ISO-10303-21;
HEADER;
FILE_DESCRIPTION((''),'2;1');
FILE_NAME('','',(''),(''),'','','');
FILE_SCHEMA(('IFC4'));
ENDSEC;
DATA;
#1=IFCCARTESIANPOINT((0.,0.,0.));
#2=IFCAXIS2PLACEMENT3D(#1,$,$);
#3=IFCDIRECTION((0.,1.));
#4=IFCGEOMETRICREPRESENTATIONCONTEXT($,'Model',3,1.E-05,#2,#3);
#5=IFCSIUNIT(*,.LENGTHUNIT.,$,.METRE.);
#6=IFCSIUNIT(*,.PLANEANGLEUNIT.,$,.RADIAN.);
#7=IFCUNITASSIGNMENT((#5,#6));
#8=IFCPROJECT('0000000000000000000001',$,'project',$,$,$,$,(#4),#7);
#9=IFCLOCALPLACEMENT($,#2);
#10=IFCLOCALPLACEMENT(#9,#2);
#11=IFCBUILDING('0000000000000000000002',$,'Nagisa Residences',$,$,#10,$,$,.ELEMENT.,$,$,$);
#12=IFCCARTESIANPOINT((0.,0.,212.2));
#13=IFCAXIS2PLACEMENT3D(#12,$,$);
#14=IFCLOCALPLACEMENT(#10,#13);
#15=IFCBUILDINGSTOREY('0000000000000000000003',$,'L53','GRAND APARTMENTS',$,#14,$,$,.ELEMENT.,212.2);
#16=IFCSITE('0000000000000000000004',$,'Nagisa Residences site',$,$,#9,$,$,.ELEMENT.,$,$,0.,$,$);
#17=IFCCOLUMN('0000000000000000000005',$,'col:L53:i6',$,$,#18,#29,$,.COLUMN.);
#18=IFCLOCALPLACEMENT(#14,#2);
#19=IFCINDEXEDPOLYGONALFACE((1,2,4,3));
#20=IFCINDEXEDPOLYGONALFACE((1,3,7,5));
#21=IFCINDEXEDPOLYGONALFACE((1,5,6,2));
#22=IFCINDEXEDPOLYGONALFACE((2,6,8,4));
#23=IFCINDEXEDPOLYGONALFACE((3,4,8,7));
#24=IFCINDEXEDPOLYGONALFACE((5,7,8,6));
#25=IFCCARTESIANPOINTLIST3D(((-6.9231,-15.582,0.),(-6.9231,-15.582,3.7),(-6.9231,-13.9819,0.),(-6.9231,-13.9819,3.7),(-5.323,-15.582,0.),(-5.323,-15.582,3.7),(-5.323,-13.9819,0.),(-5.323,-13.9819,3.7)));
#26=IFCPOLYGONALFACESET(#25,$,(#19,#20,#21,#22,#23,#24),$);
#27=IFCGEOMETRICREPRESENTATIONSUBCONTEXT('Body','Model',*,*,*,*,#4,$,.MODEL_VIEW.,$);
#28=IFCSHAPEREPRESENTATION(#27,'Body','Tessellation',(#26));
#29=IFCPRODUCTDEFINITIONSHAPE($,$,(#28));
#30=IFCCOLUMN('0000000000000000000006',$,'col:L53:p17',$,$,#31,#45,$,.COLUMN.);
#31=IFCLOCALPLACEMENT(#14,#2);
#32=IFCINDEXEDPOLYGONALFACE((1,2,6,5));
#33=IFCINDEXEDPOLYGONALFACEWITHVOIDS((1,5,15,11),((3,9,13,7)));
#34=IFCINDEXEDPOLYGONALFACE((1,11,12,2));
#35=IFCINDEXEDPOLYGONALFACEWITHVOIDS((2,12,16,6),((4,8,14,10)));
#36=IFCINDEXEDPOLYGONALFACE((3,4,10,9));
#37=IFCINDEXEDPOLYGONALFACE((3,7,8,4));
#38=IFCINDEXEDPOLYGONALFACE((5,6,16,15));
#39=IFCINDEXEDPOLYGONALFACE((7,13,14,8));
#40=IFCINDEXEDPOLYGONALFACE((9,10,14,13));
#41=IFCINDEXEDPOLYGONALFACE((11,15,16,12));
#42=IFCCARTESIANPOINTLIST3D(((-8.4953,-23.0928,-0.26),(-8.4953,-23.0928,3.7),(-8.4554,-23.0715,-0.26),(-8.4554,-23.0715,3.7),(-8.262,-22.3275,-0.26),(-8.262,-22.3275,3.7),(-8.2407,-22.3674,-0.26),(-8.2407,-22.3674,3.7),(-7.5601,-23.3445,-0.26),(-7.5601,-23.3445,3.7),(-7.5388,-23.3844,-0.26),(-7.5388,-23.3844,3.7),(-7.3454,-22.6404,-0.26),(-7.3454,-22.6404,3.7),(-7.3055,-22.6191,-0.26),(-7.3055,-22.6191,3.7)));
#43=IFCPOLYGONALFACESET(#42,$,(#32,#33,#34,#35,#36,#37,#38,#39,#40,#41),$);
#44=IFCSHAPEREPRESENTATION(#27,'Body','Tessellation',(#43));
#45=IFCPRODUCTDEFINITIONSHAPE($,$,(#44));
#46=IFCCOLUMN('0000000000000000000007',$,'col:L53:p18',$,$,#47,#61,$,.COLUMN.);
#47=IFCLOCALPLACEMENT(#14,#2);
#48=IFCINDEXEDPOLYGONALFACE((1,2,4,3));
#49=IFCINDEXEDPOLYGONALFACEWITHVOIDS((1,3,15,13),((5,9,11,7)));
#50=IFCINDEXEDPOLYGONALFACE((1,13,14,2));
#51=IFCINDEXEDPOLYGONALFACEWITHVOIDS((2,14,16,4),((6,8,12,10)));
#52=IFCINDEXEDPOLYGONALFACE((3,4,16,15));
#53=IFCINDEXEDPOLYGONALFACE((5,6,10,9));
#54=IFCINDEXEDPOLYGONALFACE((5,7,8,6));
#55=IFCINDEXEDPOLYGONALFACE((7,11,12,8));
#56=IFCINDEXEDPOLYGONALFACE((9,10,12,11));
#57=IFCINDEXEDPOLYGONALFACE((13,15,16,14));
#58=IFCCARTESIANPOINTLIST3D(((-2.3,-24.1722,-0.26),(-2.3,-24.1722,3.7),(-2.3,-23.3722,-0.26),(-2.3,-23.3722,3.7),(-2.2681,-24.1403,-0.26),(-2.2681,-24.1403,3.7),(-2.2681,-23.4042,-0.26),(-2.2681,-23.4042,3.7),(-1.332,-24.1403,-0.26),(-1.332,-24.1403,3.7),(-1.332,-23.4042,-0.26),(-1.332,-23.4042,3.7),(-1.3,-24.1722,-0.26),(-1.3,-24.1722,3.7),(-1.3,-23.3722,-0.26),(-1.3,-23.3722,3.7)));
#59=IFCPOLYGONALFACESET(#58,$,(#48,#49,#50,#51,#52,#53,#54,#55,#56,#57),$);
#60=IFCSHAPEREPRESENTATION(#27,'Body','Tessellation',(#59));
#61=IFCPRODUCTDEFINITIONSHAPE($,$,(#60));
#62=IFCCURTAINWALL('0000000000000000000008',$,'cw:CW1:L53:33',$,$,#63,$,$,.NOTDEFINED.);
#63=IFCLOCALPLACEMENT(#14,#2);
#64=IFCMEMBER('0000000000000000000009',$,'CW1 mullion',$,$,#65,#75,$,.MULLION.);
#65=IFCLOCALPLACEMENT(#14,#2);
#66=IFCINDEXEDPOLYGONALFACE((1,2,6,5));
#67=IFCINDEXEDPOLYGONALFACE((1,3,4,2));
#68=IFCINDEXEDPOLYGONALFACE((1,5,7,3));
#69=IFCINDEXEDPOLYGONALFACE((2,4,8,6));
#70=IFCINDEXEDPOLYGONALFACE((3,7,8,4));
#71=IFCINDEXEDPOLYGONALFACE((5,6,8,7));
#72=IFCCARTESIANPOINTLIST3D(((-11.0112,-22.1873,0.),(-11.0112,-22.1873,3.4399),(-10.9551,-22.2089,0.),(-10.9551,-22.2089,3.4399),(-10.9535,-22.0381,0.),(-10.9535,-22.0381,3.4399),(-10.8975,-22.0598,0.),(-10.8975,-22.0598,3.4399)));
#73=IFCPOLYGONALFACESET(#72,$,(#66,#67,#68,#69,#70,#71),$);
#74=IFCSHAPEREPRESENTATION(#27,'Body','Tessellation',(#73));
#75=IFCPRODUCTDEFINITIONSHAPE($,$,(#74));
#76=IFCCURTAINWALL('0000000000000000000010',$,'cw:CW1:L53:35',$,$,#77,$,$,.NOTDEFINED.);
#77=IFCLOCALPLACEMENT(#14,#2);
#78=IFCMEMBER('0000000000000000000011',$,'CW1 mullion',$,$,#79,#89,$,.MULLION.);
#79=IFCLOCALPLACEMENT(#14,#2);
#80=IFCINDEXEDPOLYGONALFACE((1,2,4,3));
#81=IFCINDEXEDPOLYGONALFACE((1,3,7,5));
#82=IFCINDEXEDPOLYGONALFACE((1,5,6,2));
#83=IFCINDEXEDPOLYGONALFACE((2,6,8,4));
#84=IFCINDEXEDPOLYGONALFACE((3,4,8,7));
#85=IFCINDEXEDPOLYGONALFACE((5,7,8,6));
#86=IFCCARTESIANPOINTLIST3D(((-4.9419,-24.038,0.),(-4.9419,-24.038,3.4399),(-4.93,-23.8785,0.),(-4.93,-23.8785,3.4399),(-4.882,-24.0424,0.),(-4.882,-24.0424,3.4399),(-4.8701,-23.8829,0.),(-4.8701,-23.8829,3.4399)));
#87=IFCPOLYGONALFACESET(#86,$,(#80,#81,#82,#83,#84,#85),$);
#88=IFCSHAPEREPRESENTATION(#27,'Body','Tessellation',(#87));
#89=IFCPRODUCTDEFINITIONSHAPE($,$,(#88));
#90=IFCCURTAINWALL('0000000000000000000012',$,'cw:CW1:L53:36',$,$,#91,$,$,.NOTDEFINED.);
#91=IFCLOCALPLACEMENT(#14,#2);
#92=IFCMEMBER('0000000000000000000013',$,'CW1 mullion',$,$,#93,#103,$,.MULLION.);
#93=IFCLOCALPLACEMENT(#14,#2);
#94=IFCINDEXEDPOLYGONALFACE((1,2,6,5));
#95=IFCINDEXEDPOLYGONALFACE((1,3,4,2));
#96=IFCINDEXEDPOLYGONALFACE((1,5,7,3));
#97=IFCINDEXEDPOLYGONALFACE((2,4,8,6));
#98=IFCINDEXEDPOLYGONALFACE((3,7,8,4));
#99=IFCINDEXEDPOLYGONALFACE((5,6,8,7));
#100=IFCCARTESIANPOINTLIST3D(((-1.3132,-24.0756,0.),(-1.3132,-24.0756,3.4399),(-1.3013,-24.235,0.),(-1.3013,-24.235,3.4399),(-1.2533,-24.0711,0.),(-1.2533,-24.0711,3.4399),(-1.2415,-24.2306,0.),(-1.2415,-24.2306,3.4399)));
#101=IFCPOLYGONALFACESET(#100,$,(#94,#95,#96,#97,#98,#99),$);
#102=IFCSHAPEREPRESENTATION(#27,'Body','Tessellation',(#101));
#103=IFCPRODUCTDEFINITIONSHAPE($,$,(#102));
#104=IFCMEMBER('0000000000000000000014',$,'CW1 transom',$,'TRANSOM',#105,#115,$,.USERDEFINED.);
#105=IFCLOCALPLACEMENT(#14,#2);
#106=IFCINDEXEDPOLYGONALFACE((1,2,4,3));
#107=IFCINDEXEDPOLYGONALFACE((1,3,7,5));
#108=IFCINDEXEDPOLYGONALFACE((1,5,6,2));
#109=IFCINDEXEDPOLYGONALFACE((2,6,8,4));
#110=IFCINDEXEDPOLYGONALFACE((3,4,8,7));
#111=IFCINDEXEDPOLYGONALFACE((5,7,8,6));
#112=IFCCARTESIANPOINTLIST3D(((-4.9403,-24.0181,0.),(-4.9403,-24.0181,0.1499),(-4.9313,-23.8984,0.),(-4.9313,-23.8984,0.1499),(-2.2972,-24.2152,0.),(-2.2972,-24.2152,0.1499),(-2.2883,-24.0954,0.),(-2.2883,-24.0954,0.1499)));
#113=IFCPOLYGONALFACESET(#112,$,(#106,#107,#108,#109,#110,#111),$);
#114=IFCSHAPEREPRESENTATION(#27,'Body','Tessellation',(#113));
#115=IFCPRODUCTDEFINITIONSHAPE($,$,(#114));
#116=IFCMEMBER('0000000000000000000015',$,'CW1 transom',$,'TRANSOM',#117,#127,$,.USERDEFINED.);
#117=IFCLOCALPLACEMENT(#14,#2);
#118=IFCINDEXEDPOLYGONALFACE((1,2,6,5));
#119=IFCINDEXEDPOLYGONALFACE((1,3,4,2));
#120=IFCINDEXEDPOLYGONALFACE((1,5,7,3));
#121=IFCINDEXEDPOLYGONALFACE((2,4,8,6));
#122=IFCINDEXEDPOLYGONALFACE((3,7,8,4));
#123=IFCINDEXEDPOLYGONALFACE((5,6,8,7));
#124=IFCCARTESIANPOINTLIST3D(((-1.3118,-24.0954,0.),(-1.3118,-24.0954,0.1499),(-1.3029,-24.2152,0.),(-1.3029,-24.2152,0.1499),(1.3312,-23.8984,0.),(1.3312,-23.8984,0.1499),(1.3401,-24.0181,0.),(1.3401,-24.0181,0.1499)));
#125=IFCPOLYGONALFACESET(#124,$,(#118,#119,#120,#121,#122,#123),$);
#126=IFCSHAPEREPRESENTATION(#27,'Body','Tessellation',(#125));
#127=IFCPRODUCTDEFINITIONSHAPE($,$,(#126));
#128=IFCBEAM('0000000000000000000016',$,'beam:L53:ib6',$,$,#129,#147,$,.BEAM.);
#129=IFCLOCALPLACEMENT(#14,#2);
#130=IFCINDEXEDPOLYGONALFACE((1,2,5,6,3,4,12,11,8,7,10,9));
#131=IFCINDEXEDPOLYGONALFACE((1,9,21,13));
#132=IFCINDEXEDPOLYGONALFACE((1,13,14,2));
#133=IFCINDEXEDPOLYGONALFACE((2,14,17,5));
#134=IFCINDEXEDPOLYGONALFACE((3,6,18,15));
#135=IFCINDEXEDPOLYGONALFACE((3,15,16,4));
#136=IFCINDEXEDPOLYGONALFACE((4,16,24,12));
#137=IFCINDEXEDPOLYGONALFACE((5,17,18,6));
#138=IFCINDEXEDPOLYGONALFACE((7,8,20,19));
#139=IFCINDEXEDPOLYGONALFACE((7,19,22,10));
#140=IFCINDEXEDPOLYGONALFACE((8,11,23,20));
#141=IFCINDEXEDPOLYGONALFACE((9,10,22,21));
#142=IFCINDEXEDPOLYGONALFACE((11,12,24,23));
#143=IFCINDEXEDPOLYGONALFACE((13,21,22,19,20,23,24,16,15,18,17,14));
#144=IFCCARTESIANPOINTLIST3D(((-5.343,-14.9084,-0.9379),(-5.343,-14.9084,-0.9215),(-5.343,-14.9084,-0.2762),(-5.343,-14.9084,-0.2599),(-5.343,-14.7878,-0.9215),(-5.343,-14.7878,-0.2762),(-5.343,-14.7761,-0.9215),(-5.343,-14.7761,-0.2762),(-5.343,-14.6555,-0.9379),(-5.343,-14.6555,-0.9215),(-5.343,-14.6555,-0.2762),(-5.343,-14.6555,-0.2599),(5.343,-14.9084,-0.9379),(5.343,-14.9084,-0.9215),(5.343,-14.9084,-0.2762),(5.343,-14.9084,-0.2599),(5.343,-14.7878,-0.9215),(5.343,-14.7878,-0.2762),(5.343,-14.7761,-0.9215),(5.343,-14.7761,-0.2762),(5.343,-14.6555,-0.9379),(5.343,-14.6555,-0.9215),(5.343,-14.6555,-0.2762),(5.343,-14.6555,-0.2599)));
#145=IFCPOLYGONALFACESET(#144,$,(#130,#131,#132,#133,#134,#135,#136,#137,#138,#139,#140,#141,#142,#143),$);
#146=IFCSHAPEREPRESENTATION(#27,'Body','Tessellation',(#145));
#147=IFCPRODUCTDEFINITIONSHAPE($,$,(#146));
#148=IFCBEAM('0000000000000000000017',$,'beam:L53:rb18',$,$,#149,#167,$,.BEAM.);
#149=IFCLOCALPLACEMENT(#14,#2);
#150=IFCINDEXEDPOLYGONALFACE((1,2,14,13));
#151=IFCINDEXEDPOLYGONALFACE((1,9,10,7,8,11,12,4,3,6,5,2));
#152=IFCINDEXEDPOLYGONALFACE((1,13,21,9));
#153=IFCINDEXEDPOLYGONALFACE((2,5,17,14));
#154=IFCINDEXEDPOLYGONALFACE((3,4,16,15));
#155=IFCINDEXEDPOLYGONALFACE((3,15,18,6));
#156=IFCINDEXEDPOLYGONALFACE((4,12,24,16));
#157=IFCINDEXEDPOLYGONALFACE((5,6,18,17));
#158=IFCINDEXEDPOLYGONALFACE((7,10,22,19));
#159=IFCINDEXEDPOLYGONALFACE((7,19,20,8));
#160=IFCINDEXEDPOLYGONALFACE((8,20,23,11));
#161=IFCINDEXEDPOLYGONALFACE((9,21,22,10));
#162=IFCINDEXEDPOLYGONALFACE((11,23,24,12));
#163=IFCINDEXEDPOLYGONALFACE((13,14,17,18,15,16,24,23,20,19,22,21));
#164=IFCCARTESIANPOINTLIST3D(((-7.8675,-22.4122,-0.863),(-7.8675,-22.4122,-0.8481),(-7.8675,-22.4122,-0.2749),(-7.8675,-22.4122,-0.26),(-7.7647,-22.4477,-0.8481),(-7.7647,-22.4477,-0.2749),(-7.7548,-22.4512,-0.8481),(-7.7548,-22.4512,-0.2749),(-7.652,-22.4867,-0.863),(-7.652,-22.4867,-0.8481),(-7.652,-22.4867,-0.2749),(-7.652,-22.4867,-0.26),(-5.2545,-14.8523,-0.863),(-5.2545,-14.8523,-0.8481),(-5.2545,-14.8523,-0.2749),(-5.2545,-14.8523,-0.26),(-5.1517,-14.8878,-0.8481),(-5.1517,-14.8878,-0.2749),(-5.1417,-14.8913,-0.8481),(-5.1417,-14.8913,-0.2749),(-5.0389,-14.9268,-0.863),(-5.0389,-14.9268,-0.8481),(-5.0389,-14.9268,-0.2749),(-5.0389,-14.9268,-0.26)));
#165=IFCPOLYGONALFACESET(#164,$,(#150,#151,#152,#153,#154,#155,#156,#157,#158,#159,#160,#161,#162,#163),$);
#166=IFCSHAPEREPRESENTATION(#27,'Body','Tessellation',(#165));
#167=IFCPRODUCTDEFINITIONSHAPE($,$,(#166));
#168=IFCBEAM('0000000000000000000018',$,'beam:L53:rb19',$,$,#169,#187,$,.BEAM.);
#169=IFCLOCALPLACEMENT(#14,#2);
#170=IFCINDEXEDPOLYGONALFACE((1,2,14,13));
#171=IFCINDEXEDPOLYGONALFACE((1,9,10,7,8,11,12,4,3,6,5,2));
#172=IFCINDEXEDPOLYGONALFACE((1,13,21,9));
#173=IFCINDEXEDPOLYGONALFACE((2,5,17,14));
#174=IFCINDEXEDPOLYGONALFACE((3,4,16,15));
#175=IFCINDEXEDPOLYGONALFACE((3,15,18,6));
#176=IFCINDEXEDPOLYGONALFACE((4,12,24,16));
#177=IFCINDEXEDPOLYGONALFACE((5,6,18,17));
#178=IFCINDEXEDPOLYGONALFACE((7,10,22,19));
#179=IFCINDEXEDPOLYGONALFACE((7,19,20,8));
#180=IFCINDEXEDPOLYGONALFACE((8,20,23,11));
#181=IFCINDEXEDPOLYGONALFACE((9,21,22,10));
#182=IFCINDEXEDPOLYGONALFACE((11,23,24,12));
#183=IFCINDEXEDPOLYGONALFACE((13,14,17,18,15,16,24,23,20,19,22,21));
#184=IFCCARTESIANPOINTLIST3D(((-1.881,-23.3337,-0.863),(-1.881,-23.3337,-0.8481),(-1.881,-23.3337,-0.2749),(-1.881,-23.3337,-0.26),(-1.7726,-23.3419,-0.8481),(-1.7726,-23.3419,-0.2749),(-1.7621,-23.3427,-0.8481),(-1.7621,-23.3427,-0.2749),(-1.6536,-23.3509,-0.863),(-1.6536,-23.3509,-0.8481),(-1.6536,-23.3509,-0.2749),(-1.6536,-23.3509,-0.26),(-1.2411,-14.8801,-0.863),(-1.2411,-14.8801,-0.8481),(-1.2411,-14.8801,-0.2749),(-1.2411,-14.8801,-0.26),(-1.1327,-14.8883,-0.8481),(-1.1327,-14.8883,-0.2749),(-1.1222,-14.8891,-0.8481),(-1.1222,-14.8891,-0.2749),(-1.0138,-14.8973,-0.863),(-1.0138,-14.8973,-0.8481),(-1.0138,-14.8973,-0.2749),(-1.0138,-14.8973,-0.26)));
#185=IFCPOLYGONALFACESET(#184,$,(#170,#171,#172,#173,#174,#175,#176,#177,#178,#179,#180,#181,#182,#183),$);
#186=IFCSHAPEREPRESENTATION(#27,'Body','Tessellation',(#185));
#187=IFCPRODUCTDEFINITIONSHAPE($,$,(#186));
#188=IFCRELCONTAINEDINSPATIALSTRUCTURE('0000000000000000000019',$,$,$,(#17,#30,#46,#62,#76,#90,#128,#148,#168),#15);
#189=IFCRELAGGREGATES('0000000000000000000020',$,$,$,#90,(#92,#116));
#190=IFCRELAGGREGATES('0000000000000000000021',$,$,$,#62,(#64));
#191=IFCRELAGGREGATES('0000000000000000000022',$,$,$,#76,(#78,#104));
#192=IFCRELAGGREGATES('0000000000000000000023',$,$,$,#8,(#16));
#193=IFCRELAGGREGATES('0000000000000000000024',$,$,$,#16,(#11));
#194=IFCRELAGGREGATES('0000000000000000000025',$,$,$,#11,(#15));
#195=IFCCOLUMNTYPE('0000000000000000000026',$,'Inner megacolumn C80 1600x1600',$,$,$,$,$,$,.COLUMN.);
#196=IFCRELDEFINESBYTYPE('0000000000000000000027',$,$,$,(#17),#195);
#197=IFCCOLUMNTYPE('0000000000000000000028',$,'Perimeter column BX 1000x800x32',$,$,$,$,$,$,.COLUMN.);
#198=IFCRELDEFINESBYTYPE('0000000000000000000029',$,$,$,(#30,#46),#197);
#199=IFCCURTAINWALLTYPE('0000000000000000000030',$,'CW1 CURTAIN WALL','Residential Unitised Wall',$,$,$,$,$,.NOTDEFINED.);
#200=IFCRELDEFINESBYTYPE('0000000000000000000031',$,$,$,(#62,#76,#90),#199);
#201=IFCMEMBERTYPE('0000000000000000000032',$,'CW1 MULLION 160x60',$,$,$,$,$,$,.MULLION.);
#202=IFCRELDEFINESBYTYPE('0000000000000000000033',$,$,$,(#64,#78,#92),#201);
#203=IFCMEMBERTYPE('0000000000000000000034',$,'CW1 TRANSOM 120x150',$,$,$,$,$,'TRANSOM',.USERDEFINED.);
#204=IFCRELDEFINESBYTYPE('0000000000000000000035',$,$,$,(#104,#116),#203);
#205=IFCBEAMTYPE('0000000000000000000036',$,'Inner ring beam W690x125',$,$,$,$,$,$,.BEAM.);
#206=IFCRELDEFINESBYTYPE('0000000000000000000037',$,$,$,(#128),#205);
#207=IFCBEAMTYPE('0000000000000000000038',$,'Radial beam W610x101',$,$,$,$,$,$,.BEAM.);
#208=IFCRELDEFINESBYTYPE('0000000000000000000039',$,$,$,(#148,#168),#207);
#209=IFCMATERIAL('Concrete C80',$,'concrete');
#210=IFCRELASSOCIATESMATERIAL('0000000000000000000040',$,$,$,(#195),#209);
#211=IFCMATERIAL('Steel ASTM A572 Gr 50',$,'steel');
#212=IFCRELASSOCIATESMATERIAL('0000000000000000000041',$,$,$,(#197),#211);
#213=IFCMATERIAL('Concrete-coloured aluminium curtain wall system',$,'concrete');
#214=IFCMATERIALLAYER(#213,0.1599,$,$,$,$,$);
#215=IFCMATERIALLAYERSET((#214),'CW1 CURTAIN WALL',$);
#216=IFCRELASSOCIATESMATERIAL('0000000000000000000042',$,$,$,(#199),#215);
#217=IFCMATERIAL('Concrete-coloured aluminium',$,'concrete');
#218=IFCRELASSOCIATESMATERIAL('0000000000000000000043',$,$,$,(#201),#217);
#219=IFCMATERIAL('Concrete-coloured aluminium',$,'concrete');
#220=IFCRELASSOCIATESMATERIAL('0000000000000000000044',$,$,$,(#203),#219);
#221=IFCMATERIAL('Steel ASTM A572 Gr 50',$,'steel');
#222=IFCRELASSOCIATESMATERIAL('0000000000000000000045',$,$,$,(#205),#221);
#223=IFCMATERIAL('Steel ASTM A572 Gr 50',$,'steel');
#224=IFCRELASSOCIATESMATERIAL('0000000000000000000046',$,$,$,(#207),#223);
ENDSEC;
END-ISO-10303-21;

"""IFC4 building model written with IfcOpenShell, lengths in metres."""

from ifc_helpers import new_model, si_unit, direction, frame, origin, origin_2d, place, context, subcontext, project, spatial, rectangle, hollow_rectangle, i_section, extrude, material, layer, layer_set, material_profile, profile_set, type_object, element, aggregate, save


model = new_model("IFC4")

# Units and contexts
model_context = context("Model", 3, precision=1e-05, world=origin(), true_north=direction((0.0, 1.0)))
body_context = subcontext(model_context, "Body", "Model", "MODEL_VIEW")
ifc_project = project(units=[si_unit("LENGTHUNIT", "METRE"), si_unit("PLANEANGLEUNIT", "RADIAN")], contexts=[model_context])

# Site, building, storey
site_placement = place(None, origin())
site = spatial("IfcSite", under=ifc_project, at=site_placement, Name="Nagisa Residences site", CompositionType="ELEMENT", RefElevation=0.0)
building_placement = place(site_placement, origin())
building = spatial("IfcBuilding", under=site, at=building_placement, Name="Nagisa Residences", CompositionType="ELEMENT")
storey_placement = place(building_placement, frame((0.0, 0.0, 212.2)))
storey = spatial("IfcBuildingStorey", under=building, at=storey_placement, Name="L53", Description="GRAND APARTMENTS", CompositionType="ELEMENT", Elevation=212.2)

# Columns
ifc_material_1 = material(Name="Concrete C80", Category="concrete")
ifc_material_profile_1 = material_profile(ifc_material_1, rectangle(XDim=1.6001, YDim=1.6001, at=origin_2d()), Name="C80 1600x1600")
ifc_profile_set_1 = profile_set([ifc_material_profile_1], Name="Concrete C80")
column_type_1 = type_object("IfcColumnType", Name="Inner megacolumn C80 1600x1600", PredefinedType="COLUMN", material=ifc_profile_set_1)
column_placement = place(storey_placement, frame((-6.123, -14.782, 0.0), z_axis=(0.0, 0.0, 1.0), x_axis=(1.0, 0.0, 0.0)))
element("IfcColumn", 1, at=column_placement, inside=storey, type_object=column_type_1, Name="col:L53:i6", PredefinedType="COLUMN", context=body_context, shape_type="SweptSolid", body=[
    extrude(rectangle(XDim=1.6001, YDim=1.6001, at=origin_2d()), origin(), (0.0, 0.0, 1.0), 3.7),
])
ifc_material_2 = material(Name="Steel ASTM A572 Gr 50", Category="steel")
ifc_material_profile_2 = material_profile(ifc_material_2, hollow_rectangle(XDim=1.0, YDim=0.8, WallThickness=0.032, at=origin_2d()), Name="BX 1000x800x32")
ifc_profile_set_2 = profile_set([ifc_material_profile_2], Name="Steel ASTM A572 Gr 50")
column_type_2 = type_object("IfcColumnType", Name="Perimeter column BX 1000x800x32", PredefinedType="COLUMN", material=ifc_profile_set_2)
for number, where, z_axis, x_axis, name in (
    (2, (-7.9004, -22.856, -0.26), (0.0, 0.0, 1.0), (0.956525, -0.291652, 0.0), "col:L53:p17"),
    (3, (-1.8, -23.7722, -0.26), (0.0, 0.0, 1.0), (1.0, 0.0, 0.0), "col:L53:p18"),
):
    element("IfcColumn", number, at=place(storey_placement, frame(where, z_axis=z_axis, x_axis=x_axis)), inside=storey, type_object=column_type_2, Name=name, PredefinedType="COLUMN", context=body_context, shape_type="SweptSolid", body=[
        extrude(hollow_rectangle(XDim=1.0, YDim=0.8, WallThickness=0.032, at=origin_2d()), origin(), (0.0, 0.0, 1.0), 3.96),
    ])

# Curtain walls, members
ifc_material_3 = material(Name="Concrete-coloured aluminium curtain wall system", Category="concrete")
ifc_layer_1 = layer(ifc_material_3, 0.1599)
ifc_layer_set_1 = layer_set([ifc_layer_1], Name="CW1 CURTAIN WALL")
curtain_wall_type = type_object("IfcCurtainWallType", Name="CW1 CURTAIN WALL", Description="Residential Unitised Wall", PredefinedType="NOTDEFINED", material=ifc_layer_set_1)
curtain_wall_1_placement = place(storey_placement, origin())
curtain_wall_1 = element("IfcCurtainWall", 4, at=curtain_wall_1_placement, inside=storey, type_object=curtain_wall_type, Name="cw:CW1:L53:33", PredefinedType="NOTDEFINED")
ifc_material_4 = material(Name="Concrete-coloured aluminium", Category="concrete")
ifc_material_profile_3 = material_profile(ifc_material_4, rectangle(XDim=0.1599, YDim=0.0601, at=origin_2d()), Name="CW1 MULLION 160x60")
ifc_profile_set_3 = profile_set([ifc_material_profile_3], Name="Concrete-coloured aluminium")
member_type_1 = type_object("IfcMemberType", Name="CW1 MULLION 160x60", PredefinedType="MULLION", material=ifc_profile_set_3)
member_1_placement = place(storey_placement, frame((-10.9543, -22.1235, 0.0), z_axis=(0.0, 0.0, 1.0), x_axis=(0.360328, 0.932826, 0.0)))
member_1 = element("IfcMember", 5, at=member_1_placement, type_object=member_type_1, Name="CW1 mullion", PredefinedType="MULLION", context=body_context, shape_type="SweptSolid", body=[
    extrude(rectangle(XDim=0.1599, YDim=0.0601, at=origin_2d()), origin(), (0.0, 0.0, 1.0), 3.4399),
])
curtain_wall_2_placement = place(storey_placement, origin())
curtain_wall_2 = element("IfcCurtainWall", 6, at=curtain_wall_2_placement, inside=storey, type_object=curtain_wall_type, Name="cw:CW1:L53:35", PredefinedType="NOTDEFINED")
member_2_placement = place(storey_placement, frame((-4.906, -23.9604, 0.0), z_axis=(0.0, 0.0, 1.0), x_axis=(0.074377, 0.99723, 0.0)))
member_2 = element("IfcMember", 7, at=member_2_placement, type_object=member_type_1, Name="CW1 mullion", PredefinedType="MULLION", context=body_context, shape_type="SweptSolid", body=[
    extrude(rectangle(XDim=0.1599, YDim=0.0601, at=origin_2d()), origin(), (0.0, 0.0, 1.0), 3.4399),
])
curtain_wall_3_placement = place(storey_placement, origin())
curtain_wall_3 = element("IfcCurtainWall", 8, at=curtain_wall_3_placement, inside=storey, type_object=curtain_wall_type, Name="cw:CW1:L53:36", PredefinedType="NOTDEFINED")
member_3_placement = place(storey_placement, frame((-1.2773, -24.1531, 0.0), z_axis=(0.0, 0.0, 1.0), x_axis=(-0.074377, 0.99723, 0.0)))
member_3 = element("IfcMember", 9, at=member_3_placement, type_object=member_type_1, Name="CW1 mullion", PredefinedType="MULLION", context=body_context, shape_type="SweptSolid", body=[
    extrude(rectangle(XDim=0.1599, YDim=0.0601, at=origin_2d()), origin(), (0.0, 0.0, 1.0), 3.4399),
])

# Members
ifc_material_5 = material(Name="Concrete-coloured aluminium", Category="concrete")
ifc_material_profile_4 = material_profile(ifc_material_5, rectangle(XDim=0.1201, YDim=0.1499, at=origin_2d()), Name="CW1 TRANSOM 120x150")
ifc_profile_set_4 = profile_set([ifc_material_profile_4], Name="Concrete-coloured aluminium")
member_type_2 = type_object("IfcMemberType", Name="CW1 TRANSOM 120x150", ElementType="TRANSOM", PredefinedType="USERDEFINED", material=ifc_profile_set_4)
member_4_placement = place(storey_placement, frame((-4.9358, -23.9583, 0.075), z_axis=(0.997233, -0.074337, 0.0), x_axis=(0.074337, 0.997233, 0.0)))
member_4 = element("IfcMember", 10, at=member_4_placement, type_object=member_type_2, Name="CW1 transom", ObjectType="TRANSOM", PredefinedType="USERDEFINED", context=body_context, shape_type="SweptSolid", body=[
    extrude(rectangle(XDim=0.1201, YDim=0.1499, at=origin_2d()), origin(), (0.0, 0.0, 1.0), 2.6504),
])
member_5_placement = place(storey_placement, frame((-1.3074, -24.1553, 0.075), z_axis=(0.997233, 0.074337, 0.0), x_axis=(-0.074337, 0.997233, 0.0)))
member_5 = element("IfcMember", 11, at=member_5_placement, type_object=member_type_2, Name="CW1 transom", ObjectType="TRANSOM", PredefinedType="USERDEFINED", context=body_context, shape_type="SweptSolid", body=[
    extrude(rectangle(XDim=0.1201, YDim=0.1499, at=origin_2d()), origin(), (0.0, 0.0, 1.0), 2.6504),
])
aggregate(curtain_wall_3, [member_3, member_5])

# Beams
ifc_material_6 = material(Name="Steel ASTM A572 Gr 50", Category="steel")
ifc_material_profile_5 = material_profile(ifc_material_6, i_section(OverallWidth=0.2529, OverallDepth=0.678, WebThickness=0.0117, FlangeThickness=0.0164, at=origin_2d()), Name="W690x125")
ifc_profile_set_5 = profile_set([ifc_material_profile_5], Name="Steel ASTM A572 Gr 50")
beam_type_1 = type_object("IfcBeamType", Name="Inner ring beam W690x125", PredefinedType="BEAM", material=ifc_profile_set_5)
beam_1_placement = place(storey_placement, frame((-5.343, -14.782, -0.5989), z_axis=(1.0, 0.0, 0.0), x_axis=(0.0, 1.0, 0.0)))
element("IfcBeam", 12, at=beam_1_placement, inside=storey, type_object=beam_type_1, Name="beam:L53:ib6", PredefinedType="BEAM", context=body_context, shape_type="SweptSolid", body=[
    extrude(i_section(OverallWidth=0.2529, OverallDepth=0.678, WebThickness=0.0117, FlangeThickness=0.0164, at=origin_2d()), origin(), (0.0, 0.0, 1.0), 10.686),
])
ifc_material_7 = material(Name="Steel ASTM A572 Gr 50", Category="steel")
ifc_material_profile_6 = material_profile(ifc_material_7, i_section(OverallWidth=0.228, OverallDepth=0.603, WebThickness=0.0105, FlangeThickness=0.0149, at=origin_2d()), Name="W610x101")
ifc_profile_set_6 = profile_set([ifc_material_profile_6], Name="Steel ASTM A572 Gr 50")
beam_type_2 = type_object("IfcBeamType", Name="Radial beam W610x101", PredefinedType="BEAM", material=ifc_profile_set_6)
beam_2_placement = place(storey_placement, frame((-7.7598, -22.4495, -0.5615), z_axis=(0.326684, 0.945134, 0.0), x_axis=(-0.945134, 0.326684, 0.0)))
element("IfcBeam", 13, at=beam_2_placement, inside=storey, type_object=beam_type_2, Name="beam:L53:rb18", PredefinedType="BEAM", context=body_context, shape_type="SweptSolid", body=[
    extrude(i_section(OverallWidth=0.228, OverallDepth=0.603, WebThickness=0.0105, FlangeThickness=0.0149, at=origin_2d()), origin(), (0.0, 0.0, 1.0), 7.9988),
])
beam_3_placement = place(storey_placement, frame((-1.7673, -23.3423, -0.5615), z_axis=(0.075479, 0.997147, 0.0), x_axis=(-0.997147, 0.075479, 0.0)))
element("IfcBeam", 14, at=beam_3_placement, inside=storey, type_object=beam_type_2, Name="beam:L53:rb19", PredefinedType="BEAM", context=body_context, shape_type="SweptSolid", body=[
    extrude(i_section(OverallWidth=0.228, OverallDepth=0.603, WebThickness=0.0105, FlangeThickness=0.0149, at=origin_2d()), origin(), (0.0, 0.0, 1.0), 8.4778),
])

aggregate(curtain_wall_1, [member_1])
aggregate(curtain_wall_2, [member_2, member_4])

save(model, "model.ifc")
